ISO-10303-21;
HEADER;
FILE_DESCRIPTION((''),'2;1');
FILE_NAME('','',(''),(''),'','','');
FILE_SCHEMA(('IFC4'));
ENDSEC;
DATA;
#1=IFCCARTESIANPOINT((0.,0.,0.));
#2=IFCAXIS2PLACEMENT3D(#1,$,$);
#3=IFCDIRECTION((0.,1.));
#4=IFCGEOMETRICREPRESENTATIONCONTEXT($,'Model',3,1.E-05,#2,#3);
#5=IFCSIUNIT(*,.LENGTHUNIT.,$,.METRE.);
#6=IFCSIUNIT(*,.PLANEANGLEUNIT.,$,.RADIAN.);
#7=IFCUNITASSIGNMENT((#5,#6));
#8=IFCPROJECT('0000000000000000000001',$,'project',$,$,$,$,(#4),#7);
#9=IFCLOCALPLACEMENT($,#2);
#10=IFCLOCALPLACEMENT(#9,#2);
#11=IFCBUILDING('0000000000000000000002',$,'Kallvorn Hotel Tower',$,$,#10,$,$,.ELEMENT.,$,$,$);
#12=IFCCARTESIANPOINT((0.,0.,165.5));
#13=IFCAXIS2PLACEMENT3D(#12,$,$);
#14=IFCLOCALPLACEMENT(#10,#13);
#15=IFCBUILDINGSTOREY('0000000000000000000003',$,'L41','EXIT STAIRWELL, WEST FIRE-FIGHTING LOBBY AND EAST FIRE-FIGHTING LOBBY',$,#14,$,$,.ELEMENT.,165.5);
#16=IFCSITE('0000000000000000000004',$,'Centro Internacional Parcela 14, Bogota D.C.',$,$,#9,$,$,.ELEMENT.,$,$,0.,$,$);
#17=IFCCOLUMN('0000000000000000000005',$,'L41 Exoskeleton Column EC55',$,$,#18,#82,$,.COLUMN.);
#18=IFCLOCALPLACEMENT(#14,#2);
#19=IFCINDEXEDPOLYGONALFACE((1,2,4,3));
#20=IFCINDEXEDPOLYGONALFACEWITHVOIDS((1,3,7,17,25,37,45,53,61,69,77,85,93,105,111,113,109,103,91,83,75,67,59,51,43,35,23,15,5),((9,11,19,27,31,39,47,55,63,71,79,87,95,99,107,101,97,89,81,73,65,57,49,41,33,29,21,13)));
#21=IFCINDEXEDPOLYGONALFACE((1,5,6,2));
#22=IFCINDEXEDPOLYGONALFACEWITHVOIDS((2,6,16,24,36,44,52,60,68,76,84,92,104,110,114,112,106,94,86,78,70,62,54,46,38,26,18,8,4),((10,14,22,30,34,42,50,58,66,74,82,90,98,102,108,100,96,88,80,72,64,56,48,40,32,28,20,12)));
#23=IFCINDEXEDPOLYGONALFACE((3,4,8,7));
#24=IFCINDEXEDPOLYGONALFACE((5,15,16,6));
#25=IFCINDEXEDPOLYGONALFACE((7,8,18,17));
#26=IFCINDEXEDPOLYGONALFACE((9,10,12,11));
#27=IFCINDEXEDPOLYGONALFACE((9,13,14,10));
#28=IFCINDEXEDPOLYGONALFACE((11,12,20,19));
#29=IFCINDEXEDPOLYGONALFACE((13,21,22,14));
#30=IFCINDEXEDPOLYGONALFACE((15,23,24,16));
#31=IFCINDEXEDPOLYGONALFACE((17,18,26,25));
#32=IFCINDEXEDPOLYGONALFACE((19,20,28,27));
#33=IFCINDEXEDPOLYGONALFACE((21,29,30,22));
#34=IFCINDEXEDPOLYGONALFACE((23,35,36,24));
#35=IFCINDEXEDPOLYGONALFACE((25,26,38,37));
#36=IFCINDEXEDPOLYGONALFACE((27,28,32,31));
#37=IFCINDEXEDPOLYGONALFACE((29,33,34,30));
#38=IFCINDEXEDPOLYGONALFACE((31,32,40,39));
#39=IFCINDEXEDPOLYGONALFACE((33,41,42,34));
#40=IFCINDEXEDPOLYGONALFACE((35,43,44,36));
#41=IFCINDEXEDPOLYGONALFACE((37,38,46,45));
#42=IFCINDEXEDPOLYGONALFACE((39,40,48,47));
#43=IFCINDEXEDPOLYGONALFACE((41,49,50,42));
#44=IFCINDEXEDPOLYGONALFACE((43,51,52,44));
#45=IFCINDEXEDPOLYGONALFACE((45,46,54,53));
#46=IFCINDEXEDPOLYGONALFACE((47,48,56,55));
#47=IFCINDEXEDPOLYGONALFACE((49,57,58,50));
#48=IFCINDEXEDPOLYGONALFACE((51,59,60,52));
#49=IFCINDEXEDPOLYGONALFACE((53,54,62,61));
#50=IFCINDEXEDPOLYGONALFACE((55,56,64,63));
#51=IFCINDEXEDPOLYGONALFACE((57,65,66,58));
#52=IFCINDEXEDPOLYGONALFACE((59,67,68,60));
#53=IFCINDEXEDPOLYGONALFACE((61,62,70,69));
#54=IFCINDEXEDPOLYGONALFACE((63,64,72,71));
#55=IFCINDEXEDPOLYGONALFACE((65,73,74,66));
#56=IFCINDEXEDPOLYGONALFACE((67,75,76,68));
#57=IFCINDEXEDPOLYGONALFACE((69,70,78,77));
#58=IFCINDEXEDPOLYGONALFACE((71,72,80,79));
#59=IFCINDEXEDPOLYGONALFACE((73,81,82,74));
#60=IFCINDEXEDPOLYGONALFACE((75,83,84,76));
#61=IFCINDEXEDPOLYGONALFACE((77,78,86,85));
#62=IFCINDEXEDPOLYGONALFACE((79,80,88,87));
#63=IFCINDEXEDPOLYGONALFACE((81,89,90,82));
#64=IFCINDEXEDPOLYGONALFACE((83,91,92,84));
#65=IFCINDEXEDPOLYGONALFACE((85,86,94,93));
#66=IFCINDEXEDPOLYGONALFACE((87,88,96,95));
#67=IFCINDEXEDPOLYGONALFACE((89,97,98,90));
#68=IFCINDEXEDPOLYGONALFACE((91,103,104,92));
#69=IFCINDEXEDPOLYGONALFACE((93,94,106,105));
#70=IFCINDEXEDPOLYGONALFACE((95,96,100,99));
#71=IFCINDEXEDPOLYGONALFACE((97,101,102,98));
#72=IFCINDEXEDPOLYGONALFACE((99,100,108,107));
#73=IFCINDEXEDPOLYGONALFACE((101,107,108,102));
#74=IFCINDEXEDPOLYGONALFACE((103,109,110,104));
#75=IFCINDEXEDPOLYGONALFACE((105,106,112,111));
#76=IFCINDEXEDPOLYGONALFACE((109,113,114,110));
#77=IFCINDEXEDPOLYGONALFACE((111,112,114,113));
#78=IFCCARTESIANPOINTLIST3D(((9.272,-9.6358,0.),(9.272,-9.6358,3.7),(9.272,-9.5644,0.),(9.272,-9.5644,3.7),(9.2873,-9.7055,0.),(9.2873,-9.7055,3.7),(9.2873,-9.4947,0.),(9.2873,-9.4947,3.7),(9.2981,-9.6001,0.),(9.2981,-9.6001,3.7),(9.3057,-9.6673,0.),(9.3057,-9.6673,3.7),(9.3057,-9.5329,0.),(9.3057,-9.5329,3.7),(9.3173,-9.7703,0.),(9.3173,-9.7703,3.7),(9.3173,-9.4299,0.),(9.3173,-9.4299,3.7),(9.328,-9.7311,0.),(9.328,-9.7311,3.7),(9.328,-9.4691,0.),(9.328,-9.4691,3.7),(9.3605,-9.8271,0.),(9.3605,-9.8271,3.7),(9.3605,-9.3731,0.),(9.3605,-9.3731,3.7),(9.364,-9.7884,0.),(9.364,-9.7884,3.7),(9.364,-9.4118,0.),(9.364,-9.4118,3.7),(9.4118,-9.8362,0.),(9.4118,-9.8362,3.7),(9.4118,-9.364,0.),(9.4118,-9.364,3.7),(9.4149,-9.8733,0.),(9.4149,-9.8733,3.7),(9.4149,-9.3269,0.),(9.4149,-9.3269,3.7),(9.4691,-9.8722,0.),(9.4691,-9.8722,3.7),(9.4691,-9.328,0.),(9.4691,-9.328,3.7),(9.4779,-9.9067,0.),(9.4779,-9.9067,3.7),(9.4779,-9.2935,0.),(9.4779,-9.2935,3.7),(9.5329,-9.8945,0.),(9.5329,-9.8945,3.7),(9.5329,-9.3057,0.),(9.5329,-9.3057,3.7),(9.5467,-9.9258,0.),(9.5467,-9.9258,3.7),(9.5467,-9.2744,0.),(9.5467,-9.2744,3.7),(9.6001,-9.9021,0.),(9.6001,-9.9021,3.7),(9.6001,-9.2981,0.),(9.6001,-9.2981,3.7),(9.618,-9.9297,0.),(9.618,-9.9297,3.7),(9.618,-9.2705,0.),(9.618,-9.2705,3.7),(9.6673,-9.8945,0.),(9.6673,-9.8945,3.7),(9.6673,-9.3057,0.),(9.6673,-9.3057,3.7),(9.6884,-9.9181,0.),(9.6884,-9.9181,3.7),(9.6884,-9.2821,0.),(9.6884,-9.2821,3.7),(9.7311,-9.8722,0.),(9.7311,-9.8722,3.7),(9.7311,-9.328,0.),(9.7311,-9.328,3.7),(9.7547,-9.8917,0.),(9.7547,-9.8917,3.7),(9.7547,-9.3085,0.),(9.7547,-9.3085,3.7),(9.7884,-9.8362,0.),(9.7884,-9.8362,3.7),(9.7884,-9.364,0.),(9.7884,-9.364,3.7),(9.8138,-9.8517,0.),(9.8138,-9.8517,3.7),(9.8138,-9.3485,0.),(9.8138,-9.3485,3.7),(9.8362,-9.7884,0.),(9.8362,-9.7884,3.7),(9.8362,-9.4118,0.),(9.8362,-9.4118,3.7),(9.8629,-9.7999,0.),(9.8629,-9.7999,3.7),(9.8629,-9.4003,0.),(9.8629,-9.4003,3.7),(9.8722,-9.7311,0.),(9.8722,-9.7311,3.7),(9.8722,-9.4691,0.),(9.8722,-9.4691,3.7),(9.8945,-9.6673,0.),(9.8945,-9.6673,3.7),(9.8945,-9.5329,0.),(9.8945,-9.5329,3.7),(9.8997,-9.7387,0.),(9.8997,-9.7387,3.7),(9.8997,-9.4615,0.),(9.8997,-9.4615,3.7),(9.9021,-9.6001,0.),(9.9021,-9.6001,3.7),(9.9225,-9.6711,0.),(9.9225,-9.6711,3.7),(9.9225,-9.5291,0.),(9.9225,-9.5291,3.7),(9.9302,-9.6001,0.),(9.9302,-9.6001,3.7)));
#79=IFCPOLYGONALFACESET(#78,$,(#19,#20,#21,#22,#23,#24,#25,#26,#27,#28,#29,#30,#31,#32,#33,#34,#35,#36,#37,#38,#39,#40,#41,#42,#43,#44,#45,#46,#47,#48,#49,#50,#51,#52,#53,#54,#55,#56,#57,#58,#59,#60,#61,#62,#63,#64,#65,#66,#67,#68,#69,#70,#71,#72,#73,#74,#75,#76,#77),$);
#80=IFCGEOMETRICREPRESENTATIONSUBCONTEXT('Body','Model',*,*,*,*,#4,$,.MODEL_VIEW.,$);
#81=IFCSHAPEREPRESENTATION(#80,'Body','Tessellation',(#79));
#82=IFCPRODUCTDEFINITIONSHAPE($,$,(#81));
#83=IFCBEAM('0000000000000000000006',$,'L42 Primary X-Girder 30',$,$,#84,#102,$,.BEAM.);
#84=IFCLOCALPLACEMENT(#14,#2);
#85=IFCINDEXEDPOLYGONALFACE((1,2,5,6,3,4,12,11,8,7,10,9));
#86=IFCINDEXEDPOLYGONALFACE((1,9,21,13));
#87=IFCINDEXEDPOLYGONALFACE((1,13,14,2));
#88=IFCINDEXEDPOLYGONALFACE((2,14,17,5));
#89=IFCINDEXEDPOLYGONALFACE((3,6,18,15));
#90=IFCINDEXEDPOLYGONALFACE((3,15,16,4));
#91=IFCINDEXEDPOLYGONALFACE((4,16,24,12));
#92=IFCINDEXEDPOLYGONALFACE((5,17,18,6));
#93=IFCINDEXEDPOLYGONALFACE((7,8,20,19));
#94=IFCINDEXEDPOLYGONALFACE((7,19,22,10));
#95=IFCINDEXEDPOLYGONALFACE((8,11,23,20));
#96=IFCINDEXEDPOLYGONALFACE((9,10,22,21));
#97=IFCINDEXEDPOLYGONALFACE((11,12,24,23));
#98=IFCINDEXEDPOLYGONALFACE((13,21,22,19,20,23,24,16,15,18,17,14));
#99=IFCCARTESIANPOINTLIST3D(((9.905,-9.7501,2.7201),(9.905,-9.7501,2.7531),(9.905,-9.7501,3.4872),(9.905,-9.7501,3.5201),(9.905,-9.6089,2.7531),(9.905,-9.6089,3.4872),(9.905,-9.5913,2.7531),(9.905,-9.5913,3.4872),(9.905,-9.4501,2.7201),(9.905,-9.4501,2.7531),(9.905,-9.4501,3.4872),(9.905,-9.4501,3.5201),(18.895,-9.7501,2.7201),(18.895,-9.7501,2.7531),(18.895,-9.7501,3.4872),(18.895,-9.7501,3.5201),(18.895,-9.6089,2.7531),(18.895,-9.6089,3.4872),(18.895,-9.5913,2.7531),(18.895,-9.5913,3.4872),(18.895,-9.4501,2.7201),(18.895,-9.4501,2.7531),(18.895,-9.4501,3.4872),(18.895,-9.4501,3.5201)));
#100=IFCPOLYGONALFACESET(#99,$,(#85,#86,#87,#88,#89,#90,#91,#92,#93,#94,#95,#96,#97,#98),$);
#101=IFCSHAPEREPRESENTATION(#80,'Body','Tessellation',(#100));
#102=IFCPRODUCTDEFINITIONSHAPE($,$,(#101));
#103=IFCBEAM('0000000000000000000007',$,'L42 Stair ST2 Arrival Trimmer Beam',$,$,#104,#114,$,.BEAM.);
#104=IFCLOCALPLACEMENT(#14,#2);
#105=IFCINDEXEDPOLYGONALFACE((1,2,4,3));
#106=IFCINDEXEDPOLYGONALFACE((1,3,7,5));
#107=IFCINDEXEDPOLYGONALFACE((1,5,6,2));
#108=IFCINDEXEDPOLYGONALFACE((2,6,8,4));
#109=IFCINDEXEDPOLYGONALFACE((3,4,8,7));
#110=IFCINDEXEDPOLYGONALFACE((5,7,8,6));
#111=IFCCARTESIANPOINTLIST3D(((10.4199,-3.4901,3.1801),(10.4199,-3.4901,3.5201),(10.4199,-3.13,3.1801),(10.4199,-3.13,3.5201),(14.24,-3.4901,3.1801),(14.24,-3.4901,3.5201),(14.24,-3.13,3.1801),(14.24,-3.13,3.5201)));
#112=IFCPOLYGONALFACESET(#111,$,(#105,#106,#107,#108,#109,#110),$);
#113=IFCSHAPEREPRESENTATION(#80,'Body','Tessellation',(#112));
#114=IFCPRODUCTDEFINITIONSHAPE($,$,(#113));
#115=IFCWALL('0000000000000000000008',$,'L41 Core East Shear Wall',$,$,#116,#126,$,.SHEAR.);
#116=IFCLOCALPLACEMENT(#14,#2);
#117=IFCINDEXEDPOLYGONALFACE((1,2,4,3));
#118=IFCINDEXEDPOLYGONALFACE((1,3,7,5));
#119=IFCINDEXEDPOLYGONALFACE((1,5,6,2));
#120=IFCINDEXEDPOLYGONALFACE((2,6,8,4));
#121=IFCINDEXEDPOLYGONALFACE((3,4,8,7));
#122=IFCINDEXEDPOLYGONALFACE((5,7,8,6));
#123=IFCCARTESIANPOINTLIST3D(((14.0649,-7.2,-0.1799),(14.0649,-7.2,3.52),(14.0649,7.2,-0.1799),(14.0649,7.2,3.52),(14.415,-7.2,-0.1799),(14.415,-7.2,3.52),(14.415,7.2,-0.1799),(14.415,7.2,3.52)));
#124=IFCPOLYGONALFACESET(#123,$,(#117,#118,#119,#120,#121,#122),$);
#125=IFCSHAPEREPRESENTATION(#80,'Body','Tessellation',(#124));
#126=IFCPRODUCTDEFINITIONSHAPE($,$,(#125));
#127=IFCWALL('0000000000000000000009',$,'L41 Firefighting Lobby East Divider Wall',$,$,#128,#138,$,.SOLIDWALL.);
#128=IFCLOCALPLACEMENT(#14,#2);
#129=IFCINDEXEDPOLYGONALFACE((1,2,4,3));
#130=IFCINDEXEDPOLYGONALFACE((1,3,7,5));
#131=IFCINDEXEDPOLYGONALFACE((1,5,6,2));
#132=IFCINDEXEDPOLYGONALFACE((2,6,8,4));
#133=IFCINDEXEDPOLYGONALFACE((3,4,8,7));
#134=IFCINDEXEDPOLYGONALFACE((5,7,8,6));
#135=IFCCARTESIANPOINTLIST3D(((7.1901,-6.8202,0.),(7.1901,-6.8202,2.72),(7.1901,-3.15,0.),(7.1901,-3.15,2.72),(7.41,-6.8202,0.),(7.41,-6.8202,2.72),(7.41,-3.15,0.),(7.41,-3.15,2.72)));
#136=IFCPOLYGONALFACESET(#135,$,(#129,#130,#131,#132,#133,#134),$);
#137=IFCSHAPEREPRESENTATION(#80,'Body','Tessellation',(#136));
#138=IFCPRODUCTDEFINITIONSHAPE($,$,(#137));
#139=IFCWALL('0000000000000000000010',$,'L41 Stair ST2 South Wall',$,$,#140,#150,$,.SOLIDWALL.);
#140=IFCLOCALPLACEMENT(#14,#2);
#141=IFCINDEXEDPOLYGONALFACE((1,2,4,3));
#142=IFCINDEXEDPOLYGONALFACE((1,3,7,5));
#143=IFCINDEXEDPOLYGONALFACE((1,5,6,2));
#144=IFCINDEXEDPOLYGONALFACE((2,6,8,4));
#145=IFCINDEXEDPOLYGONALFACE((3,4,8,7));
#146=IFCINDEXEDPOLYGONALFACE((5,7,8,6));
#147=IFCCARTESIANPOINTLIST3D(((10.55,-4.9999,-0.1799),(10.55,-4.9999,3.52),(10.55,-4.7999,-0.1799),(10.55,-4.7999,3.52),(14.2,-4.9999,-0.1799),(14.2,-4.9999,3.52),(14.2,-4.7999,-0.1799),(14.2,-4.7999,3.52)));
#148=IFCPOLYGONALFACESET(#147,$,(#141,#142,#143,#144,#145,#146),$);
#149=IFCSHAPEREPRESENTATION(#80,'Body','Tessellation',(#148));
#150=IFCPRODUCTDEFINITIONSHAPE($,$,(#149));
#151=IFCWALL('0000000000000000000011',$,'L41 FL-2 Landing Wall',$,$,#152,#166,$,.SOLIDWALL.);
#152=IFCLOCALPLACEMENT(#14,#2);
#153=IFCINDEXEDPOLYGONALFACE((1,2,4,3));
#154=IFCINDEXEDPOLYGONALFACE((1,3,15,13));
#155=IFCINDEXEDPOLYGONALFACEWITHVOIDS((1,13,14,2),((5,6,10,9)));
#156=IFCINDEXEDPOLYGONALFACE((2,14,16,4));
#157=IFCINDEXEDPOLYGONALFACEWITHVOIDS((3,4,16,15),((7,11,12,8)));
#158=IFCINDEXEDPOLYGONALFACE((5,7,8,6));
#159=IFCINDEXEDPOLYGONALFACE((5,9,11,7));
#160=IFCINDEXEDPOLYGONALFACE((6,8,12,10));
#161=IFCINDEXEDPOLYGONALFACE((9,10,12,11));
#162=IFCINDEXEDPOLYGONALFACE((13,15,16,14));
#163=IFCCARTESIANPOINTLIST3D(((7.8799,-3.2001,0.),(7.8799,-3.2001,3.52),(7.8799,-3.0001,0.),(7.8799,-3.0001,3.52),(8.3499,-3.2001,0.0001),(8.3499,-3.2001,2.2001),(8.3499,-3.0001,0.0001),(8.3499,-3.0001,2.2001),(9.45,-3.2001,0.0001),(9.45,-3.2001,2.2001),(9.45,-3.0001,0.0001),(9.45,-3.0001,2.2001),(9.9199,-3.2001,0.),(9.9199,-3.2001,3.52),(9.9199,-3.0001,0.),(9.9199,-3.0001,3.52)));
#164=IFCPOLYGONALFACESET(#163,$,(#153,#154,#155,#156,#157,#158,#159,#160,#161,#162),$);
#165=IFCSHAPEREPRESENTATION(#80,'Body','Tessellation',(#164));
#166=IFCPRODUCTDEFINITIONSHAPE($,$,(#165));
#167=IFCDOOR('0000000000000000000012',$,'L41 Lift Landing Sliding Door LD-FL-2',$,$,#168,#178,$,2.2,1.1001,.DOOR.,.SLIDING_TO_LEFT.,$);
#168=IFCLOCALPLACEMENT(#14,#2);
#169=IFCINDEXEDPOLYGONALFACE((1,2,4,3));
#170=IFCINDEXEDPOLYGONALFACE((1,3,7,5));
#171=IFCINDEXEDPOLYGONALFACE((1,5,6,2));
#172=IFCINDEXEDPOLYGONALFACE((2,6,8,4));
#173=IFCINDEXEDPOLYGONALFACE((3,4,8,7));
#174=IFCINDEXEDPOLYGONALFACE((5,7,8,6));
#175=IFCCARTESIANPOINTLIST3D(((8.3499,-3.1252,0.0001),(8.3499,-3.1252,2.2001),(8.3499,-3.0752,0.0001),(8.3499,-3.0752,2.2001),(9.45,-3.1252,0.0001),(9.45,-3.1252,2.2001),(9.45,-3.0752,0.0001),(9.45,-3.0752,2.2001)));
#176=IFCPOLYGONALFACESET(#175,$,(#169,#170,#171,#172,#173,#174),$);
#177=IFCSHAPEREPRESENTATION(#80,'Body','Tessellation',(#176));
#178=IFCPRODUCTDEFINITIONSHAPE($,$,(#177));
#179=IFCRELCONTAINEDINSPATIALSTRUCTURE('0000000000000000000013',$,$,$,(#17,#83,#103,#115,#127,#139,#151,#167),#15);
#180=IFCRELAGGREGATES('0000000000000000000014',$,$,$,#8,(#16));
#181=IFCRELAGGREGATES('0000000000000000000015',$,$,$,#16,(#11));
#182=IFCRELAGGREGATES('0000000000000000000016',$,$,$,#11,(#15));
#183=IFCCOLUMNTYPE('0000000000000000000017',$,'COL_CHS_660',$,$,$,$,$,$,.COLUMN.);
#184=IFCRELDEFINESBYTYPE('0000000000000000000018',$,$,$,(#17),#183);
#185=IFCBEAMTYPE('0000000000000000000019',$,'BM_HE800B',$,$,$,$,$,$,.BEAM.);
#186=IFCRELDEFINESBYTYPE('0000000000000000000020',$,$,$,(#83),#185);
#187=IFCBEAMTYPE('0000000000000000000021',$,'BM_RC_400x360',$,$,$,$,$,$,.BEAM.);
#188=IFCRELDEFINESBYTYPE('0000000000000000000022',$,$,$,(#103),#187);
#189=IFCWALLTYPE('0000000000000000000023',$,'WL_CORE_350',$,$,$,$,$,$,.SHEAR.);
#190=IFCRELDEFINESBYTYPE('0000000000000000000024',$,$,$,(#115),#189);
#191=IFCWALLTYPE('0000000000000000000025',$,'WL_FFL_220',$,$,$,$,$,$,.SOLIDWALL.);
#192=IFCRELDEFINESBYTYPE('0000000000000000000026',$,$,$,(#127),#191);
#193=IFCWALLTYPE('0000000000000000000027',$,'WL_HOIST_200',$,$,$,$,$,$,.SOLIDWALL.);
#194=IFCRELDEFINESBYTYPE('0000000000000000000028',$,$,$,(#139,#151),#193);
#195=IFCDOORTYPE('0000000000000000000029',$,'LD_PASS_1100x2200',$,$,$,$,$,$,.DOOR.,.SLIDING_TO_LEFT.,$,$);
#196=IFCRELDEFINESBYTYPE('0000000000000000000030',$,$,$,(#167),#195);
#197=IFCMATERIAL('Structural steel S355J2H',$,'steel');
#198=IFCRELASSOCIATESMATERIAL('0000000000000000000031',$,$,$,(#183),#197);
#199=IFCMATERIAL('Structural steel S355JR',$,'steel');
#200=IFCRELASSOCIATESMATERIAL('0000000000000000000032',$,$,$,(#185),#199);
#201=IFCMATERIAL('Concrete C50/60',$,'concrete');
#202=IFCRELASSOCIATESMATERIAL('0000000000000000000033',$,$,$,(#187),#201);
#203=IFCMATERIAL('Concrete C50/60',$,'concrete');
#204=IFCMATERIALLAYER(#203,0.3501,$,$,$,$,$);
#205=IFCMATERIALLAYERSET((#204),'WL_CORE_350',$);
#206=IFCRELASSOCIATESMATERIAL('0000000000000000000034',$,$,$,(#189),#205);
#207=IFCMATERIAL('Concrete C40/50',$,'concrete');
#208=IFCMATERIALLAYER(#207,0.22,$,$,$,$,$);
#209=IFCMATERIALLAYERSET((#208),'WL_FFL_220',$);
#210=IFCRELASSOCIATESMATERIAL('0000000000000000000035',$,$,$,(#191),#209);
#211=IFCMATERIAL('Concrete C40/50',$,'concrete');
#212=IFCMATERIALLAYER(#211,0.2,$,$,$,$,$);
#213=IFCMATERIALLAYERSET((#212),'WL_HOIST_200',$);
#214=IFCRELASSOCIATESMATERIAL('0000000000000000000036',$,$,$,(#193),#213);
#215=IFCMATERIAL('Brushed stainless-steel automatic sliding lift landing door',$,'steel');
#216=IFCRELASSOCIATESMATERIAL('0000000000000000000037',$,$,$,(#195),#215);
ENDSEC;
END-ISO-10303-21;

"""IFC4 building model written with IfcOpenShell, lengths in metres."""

from ifc_helpers import new_model, si_unit, direction, frame, frame_2d, origin, origin_2d, place, context, subcontext, project, spatial, rectangle, hollow_circle, i_section, extrude, material, layer, layer_set, material_profile, profile_set, type_object, element, fill, save


model = new_model("IFC4")

# Units and contexts
model_context = context("Model", 3, precision=1e-05, world=origin(), true_north=direction((0.0, 1.0)))
body_context = subcontext(model_context, "Body", "Model", "MODEL_VIEW")
ifc_project = project(units=[si_unit("LENGTHUNIT", "METRE"), si_unit("PLANEANGLEUNIT", "RADIAN")], contexts=[model_context])

# Site, building, storey
site_placement = place(None, origin())
site = spatial("IfcSite", under=ifc_project, at=site_placement, Name="Centro Internacional Parcela 14, Bogota D.C.", CompositionType="ELEMENT", RefElevation=0.0)
building_placement = place(site_placement, origin())
building = spatial("IfcBuilding", under=site, at=building_placement, Name="Kallvorn Hotel Tower", CompositionType="ELEMENT")
storey_placement = place(building_placement, frame((0.0, 0.0, 165.5)))
storey = spatial("IfcBuildingStorey", under=building, at=storey_placement, Name="L41", Description="EXIT STAIRWELL, WEST FIRE-FIGHTING LOBBY AND EAST FIRE-FIGHTING LOBBY", CompositionType="ELEMENT", Elevation=165.5)

# Column
ifc_material_1 = material(Name="Structural steel S355J2H", Category="steel")
ifc_material_profile_1 = material_profile(ifc_material_1, hollow_circle(Radius=0.3301, WallThickness=0.0281, at=origin_2d()), Name="CHS 660x28")
ifc_profile_set_1 = profile_set([ifc_material_profile_1], Name="Structural steel S355J2H")
column_type = type_object("IfcColumnType", Name="COL_CHS_660", PredefinedType="COLUMN", material=ifc_profile_set_1)
column_placement = place(storey_placement, frame((9.6001, -9.6001, 0.0), z_axis=(0.0, 0.0, 1.0), x_axis=(1.0, 0.0, 0.0)))
element("IfcColumn", 1, at=column_placement, inside=storey, type_object=column_type, Name="L41 Exoskeleton Column EC55", PredefinedType="COLUMN", context=body_context, shape_type="SweptSolid", body=[
    extrude(hollow_circle(Radius=0.3301, WallThickness=0.0281, at=origin_2d()), origin(), (0.0, 0.0, 1.0), 3.7),
])

# Beams
ifc_material_2 = material(Name="Structural steel S355JR", Category="steel")
ifc_material_profile_2 = material_profile(ifc_material_2, i_section(OverallWidth=0.3, OverallDepth=0.8, WebThickness=0.0176, FlangeThickness=0.033, at=origin_2d()), Name="HE 800 B")
ifc_profile_set_2 = profile_set([ifc_material_profile_2], Name="Structural steel S355JR")
beam_type_1 = type_object("IfcBeamType", Name="BM_HE800B", PredefinedType="BEAM", material=ifc_profile_set_2)
beam_1_placement = place(storey_placement, frame((9.905, -9.6001, 3.1201), z_axis=(1.0, 0.0, 0.0), x_axis=(0.0, 1.0, 0.0)))
element("IfcBeam", 2, at=beam_1_placement, inside=storey, type_object=beam_type_1, Name="L42 Primary X-Girder 30", PredefinedType="BEAM", context=body_context, shape_type="SweptSolid", body=[
    extrude(i_section(OverallWidth=0.3, OverallDepth=0.8, WebThickness=0.0176, FlangeThickness=0.033, at=origin_2d()), origin(), (0.0, 0.0, 1.0), 8.99),
])
ifc_material_3 = material(Name="Concrete C50/60", Category="concrete")
ifc_material_profile_3 = material_profile(ifc_material_3, rectangle(XDim=0.3601, YDim=0.3401, at=origin_2d()), Name="RC 360x340")
ifc_profile_set_3 = profile_set([ifc_material_profile_3], Name="Concrete C50/60")
beam_type_2 = type_object("IfcBeamType", Name="BM_RC_400x360", PredefinedType="BEAM", material=ifc_profile_set_3)
beam_2_placement = place(storey_placement, frame((14.24, -3.3101, 3.3501), z_axis=(-1.0, 0.0, 0.0), x_axis=(0.0, -1.0, 0.0)))
element("IfcBeam", 3, at=beam_2_placement, inside=storey, type_object=beam_type_2, Name="L42 Stair ST2 Arrival Trimmer Beam", PredefinedType="BEAM", context=body_context, shape_type="SweptSolid", body=[
    extrude(rectangle(XDim=0.3601, YDim=0.3401, at=origin_2d()), origin(), (0.0, 0.0, 1.0), 3.8201),
])

# Walls
ifc_material_4 = material(Name="Concrete C50/60", Category="concrete")
ifc_layer_1 = layer(ifc_material_4, 0.3501)
ifc_layer_set_1 = layer_set([ifc_layer_1], Name="WL_CORE_350")
wall_type_1 = type_object("IfcWallType", Name="WL_CORE_350", PredefinedType="SHEAR", material=ifc_layer_set_1)
wall_1_placement = place(storey_placement, frame((14.24, -7.2, -0.1799), z_axis=(0.0, 0.0, 1.0), x_axis=(0.0, 1.0, 0.0)))
element("IfcWall", 4, at=wall_1_placement, inside=storey, type_object=wall_type_1, Name="L41 Core East Shear Wall", PredefinedType="SHEAR", context=body_context, shape_type="SweptSolid", body=[
    extrude(rectangle(XDim=14.3999, YDim=0.3501, at=frame_2d((7.2, 0.0))), origin(), (0.0, 0.0, 1.0), 3.7),
])
ifc_material_5 = material(Name="Concrete C40/50", Category="concrete")
ifc_layer_2 = layer(ifc_material_5, 0.22)
ifc_layer_set_2 = layer_set([ifc_layer_2], Name="WL_FFL_220")
wall_type_2 = type_object("IfcWallType", Name="WL_FFL_220", PredefinedType="SOLIDWALL", material=ifc_layer_set_2)
wall_2_placement = place(storey_placement, frame((7.3, -6.8201, 0.0), z_axis=(0.0, 0.0, 1.0), x_axis=(0.0, 1.0, 0.0)))
element("IfcWall", 5, at=wall_2_placement, inside=storey, type_object=wall_type_2, Name="L41 Firefighting Lobby East Divider Wall", PredefinedType="SOLIDWALL", context=body_context, shape_type="SweptSolid", body=[
    extrude(rectangle(XDim=3.6702, YDim=0.22, at=frame_2d((1.835, 0.0))), origin(), (0.0, 0.0, 1.0), 2.72),
])
ifc_material_6 = material(Name="Concrete C40/50", Category="concrete")
ifc_layer_3 = layer(ifc_material_6, 0.2)
ifc_layer_set_3 = layer_set([ifc_layer_3], Name="WL_HOIST_200")
wall_type_3 = type_object("IfcWallType", Name="WL_HOIST_200", PredefinedType="SOLIDWALL", material=ifc_layer_set_3)
wall_3_placement = place(storey_placement, frame((10.55, -4.8999, -0.1799), z_axis=(0.0, 0.0, 1.0), x_axis=(1.0, 0.0, 0.0)))
element("IfcWall", 6, at=wall_3_placement, inside=storey, type_object=wall_type_3, Name="L41 Stair ST2 South Wall", PredefinedType="SOLIDWALL", context=body_context, shape_type="SweptSolid", body=[
    extrude(rectangle(XDim=3.6499, YDim=0.2, at=frame_2d((1.825, 0.0))), origin(), (0.0, 0.0, 1.0), 3.7),
])

# Wall, opening, door
wall_4_placement = place(storey_placement, frame((7.8799, -3.1001, 0.0), z_axis=(0.0, 0.0, 1.0), x_axis=(1.0, 0.0, 0.0)))
wall_4 = element("IfcWall", 7, at=wall_4_placement, inside=storey, type_object=wall_type_3, Name="L41 FL-2 Landing Wall", PredefinedType="SOLIDWALL", context=body_context, shape_type="SweptSolid", body=[
    extrude(rectangle(XDim=2.04, YDim=0.2, at=frame_2d((1.02, 0.0))), origin(), (0.0, 0.0, 1.0), 3.52),
])
opening_1_placement = place(wall_4_placement, frame((0.47, 0.0, 0.0)))
opening_1 = element("IfcOpeningElement", 8, at=opening_1_placement, cuts=wall_4, PredefinedType="OPENING", context=body_context, shape_type="SweptSolid", body=[
    extrude(rectangle(XDim=1.1001, YDim=2.2, at=frame_2d((0.55, 1.1001))), frame((0.0, 0.115, 0.0), z_axis=(0.0, -1.0, 0.0), x_axis=(1.0, 0.0, 0.0)), (0.0, 0.0, 1.0), 0.23),
])
ifc_material_7 = material(Name="Brushed stainless-steel automatic sliding lift landing door", Category="steel")
door_type_1 = type_object("IfcDoorType", Name="LD_PASS_1100x2200", OperationType="SLIDING_TO_LEFT", PredefinedType="DOOR", material=ifc_material_7)
door_1_placement = place(opening_1_placement, origin())
door_1 = element("IfcDoor", 9, at=door_1_placement, inside=storey, type_object=door_type_1, Name="L41 Lift Landing Sliding Door LD-FL-2", OperationType="SLIDING_TO_LEFT", OverallHeight=2.2, OverallWidth=1.1001, PredefinedType="DOOR", context=body_context, shape_type="SweptSolid", body=[
    extrude(rectangle(XDim=1.1001, YDim=2.2, at=frame_2d((0.55, 1.1001))), frame((0.0, 0.0249, 0.0), z_axis=(0.0, -1.0, 0.0), x_axis=(1.0, 0.0, 0.0)), (0.0, 0.0, 1.0), 0.05),
])
fill(opening_1, door_1)

save(model, "model.ifc")
